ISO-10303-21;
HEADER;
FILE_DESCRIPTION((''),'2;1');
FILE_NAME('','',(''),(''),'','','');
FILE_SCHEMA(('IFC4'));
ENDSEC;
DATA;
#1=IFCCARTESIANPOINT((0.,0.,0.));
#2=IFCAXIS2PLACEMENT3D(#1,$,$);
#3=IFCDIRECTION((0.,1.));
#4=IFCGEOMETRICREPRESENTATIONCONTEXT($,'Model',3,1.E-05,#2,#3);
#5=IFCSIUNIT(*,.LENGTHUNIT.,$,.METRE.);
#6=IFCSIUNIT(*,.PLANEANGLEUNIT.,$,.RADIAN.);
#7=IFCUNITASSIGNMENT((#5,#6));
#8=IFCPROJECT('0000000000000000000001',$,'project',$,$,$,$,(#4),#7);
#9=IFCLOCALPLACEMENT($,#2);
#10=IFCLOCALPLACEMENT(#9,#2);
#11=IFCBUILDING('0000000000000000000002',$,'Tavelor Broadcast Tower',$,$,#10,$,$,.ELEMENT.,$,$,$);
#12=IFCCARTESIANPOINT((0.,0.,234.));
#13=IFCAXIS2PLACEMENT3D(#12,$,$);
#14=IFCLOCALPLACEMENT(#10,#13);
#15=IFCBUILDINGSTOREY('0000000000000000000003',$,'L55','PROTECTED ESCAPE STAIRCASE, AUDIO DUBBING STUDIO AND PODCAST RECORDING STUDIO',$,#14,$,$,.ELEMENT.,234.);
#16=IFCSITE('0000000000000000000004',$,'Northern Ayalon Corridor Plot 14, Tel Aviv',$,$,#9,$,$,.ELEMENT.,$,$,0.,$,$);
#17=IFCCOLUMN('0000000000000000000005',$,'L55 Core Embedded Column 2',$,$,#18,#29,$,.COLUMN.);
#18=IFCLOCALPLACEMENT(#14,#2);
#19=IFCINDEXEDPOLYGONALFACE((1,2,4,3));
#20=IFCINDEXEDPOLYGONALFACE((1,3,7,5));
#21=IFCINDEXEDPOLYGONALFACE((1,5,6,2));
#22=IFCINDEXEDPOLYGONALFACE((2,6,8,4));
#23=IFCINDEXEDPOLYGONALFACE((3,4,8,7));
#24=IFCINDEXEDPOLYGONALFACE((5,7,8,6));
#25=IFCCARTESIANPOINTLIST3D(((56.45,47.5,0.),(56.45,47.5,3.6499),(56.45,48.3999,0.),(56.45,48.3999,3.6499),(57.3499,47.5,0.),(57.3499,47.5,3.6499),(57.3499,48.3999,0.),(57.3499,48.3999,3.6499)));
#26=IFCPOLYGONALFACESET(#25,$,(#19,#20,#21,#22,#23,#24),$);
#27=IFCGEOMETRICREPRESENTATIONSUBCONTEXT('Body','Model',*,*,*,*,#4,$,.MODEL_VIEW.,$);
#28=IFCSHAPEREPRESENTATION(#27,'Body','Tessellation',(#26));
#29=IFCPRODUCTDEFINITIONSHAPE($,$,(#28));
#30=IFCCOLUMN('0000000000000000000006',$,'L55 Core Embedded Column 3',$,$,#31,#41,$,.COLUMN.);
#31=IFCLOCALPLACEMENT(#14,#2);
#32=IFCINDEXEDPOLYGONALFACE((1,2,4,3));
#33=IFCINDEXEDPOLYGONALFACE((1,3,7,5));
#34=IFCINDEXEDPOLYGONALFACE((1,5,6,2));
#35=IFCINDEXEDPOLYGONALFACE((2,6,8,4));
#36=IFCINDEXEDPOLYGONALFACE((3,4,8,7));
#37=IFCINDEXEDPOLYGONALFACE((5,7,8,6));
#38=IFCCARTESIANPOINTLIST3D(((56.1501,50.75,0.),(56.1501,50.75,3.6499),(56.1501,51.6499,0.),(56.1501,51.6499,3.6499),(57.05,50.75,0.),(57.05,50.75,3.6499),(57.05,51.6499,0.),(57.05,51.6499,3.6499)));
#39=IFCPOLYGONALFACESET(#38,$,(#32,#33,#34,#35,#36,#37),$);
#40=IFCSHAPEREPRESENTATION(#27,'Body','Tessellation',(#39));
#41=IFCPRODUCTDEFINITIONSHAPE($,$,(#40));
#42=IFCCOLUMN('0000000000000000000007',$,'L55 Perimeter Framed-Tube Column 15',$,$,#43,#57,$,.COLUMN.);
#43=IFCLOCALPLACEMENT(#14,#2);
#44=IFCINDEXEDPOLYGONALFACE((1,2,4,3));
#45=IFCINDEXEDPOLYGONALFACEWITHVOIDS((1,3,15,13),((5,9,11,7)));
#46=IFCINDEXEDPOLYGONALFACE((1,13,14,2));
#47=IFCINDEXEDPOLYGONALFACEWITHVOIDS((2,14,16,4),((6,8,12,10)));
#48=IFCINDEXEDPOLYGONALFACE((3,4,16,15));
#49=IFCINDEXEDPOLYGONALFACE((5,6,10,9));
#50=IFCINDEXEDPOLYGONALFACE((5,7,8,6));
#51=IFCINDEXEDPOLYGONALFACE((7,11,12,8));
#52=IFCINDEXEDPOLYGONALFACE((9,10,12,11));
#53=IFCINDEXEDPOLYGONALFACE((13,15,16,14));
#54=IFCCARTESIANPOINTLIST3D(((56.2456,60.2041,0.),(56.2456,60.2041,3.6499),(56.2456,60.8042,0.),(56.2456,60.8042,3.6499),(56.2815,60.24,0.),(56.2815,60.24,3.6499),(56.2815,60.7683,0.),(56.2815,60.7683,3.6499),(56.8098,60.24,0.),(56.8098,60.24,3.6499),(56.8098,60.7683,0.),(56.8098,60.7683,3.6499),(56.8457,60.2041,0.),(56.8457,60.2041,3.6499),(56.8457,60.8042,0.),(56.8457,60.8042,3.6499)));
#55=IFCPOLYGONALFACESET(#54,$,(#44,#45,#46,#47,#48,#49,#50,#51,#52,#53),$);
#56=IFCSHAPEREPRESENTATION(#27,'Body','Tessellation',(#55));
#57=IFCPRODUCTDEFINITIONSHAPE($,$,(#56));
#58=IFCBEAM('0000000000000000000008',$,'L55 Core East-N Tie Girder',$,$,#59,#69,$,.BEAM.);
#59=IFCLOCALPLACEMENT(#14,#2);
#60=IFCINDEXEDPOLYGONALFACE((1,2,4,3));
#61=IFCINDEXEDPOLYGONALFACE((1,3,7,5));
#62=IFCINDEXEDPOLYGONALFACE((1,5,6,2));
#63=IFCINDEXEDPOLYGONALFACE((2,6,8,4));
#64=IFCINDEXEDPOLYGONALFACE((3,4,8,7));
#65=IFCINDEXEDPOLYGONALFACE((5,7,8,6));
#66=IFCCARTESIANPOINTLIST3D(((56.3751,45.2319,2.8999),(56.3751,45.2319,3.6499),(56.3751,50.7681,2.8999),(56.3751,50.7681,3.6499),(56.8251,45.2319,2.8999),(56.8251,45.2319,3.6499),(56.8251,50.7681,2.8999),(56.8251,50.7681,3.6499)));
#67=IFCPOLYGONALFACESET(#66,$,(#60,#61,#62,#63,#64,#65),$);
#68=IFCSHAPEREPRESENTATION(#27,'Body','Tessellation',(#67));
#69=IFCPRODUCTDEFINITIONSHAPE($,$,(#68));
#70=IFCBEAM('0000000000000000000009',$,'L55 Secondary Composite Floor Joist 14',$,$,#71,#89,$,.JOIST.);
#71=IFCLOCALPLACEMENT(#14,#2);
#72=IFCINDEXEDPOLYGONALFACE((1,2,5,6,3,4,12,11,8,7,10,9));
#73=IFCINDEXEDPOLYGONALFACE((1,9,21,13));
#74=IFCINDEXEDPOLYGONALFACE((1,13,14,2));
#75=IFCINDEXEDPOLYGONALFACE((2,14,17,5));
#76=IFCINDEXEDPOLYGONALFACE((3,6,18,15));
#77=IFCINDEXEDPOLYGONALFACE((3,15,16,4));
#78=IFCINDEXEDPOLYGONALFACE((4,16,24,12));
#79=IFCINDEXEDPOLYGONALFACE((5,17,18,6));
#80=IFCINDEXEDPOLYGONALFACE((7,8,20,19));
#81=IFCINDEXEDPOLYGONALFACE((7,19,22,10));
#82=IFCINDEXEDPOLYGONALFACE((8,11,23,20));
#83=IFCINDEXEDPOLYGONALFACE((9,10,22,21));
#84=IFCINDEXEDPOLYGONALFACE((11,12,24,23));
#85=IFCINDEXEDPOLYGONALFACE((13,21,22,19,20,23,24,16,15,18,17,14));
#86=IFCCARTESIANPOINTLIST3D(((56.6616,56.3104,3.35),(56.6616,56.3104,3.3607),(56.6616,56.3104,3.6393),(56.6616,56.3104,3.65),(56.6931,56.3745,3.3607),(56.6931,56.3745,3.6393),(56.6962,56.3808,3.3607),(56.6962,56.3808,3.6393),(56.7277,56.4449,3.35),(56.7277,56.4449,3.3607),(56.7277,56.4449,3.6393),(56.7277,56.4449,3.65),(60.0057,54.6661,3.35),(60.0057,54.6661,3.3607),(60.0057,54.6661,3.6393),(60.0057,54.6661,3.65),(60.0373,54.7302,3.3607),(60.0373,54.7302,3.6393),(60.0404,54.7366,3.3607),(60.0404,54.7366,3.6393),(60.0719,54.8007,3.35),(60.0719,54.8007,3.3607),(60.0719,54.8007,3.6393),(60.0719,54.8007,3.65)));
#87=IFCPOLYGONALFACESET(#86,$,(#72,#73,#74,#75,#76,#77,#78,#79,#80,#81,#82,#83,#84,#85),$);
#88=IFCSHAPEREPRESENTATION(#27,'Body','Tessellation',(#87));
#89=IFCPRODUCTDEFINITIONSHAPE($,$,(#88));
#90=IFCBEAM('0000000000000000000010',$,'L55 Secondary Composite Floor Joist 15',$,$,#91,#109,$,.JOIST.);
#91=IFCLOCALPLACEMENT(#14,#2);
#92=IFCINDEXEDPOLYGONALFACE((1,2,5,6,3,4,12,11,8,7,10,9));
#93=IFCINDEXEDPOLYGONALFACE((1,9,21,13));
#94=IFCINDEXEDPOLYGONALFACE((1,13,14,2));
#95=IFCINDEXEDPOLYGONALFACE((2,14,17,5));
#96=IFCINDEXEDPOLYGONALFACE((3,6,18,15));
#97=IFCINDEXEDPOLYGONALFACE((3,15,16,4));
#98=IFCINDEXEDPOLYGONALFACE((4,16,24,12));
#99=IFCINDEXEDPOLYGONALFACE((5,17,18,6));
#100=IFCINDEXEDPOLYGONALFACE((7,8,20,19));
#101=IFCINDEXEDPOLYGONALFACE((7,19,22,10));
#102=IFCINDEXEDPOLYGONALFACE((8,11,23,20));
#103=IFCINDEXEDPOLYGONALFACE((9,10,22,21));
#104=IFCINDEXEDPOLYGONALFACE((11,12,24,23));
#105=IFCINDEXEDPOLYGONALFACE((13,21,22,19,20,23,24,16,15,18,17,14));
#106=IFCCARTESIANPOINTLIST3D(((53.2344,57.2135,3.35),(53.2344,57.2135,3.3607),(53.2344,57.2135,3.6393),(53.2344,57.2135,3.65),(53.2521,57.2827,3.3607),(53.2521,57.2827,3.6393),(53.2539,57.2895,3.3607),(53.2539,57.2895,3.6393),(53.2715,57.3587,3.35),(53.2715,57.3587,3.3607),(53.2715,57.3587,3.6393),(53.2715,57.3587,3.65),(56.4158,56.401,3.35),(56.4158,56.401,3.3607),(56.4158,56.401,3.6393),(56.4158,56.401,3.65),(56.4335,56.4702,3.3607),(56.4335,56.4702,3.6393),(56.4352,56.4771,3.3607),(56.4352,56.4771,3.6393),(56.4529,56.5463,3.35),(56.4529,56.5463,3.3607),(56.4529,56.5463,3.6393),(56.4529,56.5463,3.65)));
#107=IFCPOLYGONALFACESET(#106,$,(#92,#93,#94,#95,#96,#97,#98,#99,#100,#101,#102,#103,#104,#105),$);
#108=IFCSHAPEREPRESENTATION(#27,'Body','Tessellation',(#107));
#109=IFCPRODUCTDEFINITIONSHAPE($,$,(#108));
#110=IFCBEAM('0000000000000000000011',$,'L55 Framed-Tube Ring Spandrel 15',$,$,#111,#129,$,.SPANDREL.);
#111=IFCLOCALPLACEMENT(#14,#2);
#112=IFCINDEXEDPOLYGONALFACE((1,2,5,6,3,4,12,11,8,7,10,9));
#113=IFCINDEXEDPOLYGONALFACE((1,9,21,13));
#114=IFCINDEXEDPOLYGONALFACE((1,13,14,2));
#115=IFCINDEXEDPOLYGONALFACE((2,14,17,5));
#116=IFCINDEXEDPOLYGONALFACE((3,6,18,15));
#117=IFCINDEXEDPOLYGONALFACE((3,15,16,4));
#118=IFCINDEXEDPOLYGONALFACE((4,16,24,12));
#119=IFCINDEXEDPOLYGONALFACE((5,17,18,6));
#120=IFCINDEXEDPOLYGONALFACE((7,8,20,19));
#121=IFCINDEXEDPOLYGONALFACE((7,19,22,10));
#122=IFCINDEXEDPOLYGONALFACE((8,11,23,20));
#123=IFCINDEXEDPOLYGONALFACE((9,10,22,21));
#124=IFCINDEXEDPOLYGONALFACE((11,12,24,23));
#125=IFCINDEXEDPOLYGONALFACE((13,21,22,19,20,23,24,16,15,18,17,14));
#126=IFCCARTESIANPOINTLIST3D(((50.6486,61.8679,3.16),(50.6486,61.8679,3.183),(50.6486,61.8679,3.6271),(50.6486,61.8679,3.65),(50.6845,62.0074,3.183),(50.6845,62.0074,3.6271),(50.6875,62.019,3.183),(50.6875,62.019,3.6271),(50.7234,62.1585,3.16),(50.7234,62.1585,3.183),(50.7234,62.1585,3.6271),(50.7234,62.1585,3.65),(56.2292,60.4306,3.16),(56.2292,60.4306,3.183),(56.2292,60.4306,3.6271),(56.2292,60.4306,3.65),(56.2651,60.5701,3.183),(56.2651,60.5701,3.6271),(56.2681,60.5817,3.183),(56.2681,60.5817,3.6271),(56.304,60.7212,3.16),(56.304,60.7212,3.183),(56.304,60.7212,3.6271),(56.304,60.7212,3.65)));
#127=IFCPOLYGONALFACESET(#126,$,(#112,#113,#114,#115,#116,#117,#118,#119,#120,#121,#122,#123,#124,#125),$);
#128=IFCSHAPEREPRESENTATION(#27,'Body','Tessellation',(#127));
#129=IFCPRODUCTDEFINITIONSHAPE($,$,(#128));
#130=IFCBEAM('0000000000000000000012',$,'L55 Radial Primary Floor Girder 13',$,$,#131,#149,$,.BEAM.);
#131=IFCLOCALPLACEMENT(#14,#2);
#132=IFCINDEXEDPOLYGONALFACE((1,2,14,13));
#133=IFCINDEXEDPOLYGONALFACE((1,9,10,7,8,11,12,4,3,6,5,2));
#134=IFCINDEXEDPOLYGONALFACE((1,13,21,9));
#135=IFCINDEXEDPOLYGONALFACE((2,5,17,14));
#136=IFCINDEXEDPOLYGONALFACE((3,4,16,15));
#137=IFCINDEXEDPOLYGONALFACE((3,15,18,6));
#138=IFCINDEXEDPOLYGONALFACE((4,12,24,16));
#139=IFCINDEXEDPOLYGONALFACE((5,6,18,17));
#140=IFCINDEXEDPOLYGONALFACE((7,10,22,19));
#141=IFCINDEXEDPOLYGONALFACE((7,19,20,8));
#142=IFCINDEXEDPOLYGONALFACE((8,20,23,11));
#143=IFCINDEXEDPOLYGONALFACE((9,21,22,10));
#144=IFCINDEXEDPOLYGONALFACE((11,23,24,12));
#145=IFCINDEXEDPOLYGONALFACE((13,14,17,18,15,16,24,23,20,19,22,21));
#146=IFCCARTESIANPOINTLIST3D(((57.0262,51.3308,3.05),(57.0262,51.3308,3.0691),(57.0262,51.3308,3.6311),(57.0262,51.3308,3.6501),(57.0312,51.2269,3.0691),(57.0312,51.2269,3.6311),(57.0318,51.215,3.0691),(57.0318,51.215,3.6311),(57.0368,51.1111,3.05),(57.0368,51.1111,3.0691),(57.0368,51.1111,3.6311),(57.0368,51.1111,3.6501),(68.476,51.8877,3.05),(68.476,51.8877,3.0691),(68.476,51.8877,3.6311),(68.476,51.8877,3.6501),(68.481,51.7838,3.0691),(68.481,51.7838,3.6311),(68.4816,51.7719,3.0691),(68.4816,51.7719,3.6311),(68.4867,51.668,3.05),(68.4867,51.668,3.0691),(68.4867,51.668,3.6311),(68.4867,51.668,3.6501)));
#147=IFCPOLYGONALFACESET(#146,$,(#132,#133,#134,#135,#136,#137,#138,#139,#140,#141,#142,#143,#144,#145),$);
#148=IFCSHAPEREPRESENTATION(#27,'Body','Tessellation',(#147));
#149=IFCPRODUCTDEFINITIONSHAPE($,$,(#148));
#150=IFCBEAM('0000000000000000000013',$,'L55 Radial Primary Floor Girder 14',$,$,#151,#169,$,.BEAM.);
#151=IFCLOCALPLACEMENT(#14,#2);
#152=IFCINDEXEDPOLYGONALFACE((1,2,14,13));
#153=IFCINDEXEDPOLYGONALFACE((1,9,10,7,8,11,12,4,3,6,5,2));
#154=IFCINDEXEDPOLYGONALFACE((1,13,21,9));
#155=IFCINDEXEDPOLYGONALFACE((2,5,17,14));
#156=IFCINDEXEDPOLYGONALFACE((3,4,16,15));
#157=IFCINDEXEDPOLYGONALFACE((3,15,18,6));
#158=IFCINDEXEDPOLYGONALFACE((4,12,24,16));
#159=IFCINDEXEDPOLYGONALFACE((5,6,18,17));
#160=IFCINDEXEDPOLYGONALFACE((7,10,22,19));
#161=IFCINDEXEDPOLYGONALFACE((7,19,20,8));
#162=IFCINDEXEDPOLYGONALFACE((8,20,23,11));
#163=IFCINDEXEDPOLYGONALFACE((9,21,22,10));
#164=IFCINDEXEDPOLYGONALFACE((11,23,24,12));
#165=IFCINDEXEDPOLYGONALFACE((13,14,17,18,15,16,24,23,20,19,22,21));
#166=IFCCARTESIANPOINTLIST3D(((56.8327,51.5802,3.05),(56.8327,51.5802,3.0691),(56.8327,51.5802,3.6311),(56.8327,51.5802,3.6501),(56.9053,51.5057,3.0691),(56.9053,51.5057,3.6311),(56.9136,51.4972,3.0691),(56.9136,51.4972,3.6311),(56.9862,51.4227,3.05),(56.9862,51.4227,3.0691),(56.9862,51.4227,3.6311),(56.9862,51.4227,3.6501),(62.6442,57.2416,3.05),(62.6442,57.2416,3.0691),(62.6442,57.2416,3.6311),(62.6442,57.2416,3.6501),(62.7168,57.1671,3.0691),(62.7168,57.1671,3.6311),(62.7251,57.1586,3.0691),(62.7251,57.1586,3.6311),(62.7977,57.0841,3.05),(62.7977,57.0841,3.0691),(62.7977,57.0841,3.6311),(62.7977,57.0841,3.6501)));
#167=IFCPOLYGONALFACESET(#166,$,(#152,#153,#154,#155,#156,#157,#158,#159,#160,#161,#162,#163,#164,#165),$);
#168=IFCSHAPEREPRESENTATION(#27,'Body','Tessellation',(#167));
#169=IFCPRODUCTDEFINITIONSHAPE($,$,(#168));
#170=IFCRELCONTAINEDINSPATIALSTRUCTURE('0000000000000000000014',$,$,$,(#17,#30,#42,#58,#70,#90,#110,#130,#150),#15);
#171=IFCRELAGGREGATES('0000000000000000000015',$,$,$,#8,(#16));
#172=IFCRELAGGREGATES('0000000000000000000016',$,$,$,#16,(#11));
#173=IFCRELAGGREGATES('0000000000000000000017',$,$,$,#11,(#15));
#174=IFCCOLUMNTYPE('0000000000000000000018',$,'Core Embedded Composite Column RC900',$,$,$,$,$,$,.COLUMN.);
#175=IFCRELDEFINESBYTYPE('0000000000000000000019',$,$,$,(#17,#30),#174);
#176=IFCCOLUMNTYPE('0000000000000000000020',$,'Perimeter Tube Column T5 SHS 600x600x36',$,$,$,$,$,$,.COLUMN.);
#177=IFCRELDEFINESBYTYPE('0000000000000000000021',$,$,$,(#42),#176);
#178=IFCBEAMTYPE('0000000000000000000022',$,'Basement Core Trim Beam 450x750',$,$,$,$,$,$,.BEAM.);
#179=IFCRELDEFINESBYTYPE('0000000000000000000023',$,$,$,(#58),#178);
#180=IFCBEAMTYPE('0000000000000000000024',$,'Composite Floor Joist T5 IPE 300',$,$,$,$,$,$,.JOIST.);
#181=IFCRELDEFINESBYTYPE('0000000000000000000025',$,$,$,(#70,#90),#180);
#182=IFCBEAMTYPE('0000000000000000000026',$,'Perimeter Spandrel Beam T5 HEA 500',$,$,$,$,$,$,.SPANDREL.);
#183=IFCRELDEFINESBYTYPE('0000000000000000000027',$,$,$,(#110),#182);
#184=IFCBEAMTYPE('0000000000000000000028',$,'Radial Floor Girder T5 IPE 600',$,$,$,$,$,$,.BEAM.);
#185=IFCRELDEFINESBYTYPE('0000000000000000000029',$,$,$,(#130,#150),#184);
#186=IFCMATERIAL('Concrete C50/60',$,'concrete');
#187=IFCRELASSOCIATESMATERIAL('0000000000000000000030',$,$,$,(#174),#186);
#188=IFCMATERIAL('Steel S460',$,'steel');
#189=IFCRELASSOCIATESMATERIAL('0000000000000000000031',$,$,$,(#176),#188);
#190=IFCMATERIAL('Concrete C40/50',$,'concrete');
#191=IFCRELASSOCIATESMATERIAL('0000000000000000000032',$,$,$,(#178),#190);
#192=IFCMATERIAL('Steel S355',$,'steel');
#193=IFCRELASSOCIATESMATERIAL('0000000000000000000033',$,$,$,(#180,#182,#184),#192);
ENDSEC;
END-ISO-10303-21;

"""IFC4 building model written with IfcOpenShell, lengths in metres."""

from ifc_helpers import new_model, si_unit, direction, frame, origin, origin_2d, place, context, subcontext, project, spatial, rectangle, hollow_rectangle, i_section, extrude, material, material_profile, profile_set, type_object, element, save


model = new_model("IFC4")

# Units and contexts
model_context = context("Model", 3, precision=1e-05, world=origin(), true_north=direction((0.0, 1.0)))
body_context = subcontext(model_context, "Body", "Model", "MODEL_VIEW")
ifc_project = project(units=[si_unit("LENGTHUNIT", "METRE"), si_unit("PLANEANGLEUNIT", "RADIAN")], contexts=[model_context])

# Site, building, storey
site_placement = place(None, origin())
site = spatial("IfcSite", under=ifc_project, at=site_placement, Name="Northern Ayalon Corridor Plot 14, Tel Aviv", CompositionType="ELEMENT", RefElevation=0.0)
building_placement = place(site_placement, origin())
building = spatial("IfcBuilding", under=site, at=building_placement, Name="Tavelor Broadcast Tower", CompositionType="ELEMENT")
storey_placement = place(building_placement, frame((0.0, 0.0, 234.0)))
storey = spatial("IfcBuildingStorey", under=building, at=storey_placement, Name="L55", Description="PROTECTED ESCAPE STAIRCASE, AUDIO DUBBING STUDIO AND PODCAST RECORDING STUDIO", CompositionType="ELEMENT", Elevation=234.0)

# Columns
ifc_material_1 = material(Name="Concrete C50/60", Category="concrete")
ifc_material_profile_1 = material_profile(ifc_material_1, rectangle(XDim=0.8999, YDim=0.8999, at=origin_2d()), Name="RC 900x900")
ifc_profile_set_1 = profile_set([ifc_material_profile_1], Name="Concrete C50/60")
column_type_1 = type_object("IfcColumnType", Name="Core Embedded Composite Column RC900", PredefinedType="COLUMN", material=ifc_profile_set_1)
for number, where, z_axis, x_axis, name in (
    (1, (56.8999, 47.95, 0.0), (0.0, 0.0, 1.0), (1.0, 0.0, 0.0), "L55 Core Embedded Column 2"),
    (2, (56.6001, 51.2, 0.0), (0.0, 0.0, 1.0), (1.0, 0.0, 0.0), "L55 Core Embedded Column 3"),
):
    element("IfcColumn", number, at=place(storey_placement, frame(where, z_axis=z_axis, x_axis=x_axis)), inside=storey, type_object=column_type_1, Name=name, PredefinedType="COLUMN", context=body_context, shape_type="SweptSolid", body=[
        extrude(rectangle(XDim=0.8999, YDim=0.8999, at=origin_2d()), origin(), (0.0, 0.0, 1.0), 3.6499),
    ])
ifc_material_2 = material(Name="Steel S460", Category="steel")
ifc_material_profile_2 = material_profile(ifc_material_2, hollow_rectangle(XDim=0.6001, YDim=0.6001, WallThickness=0.0359, at=origin_2d()), Name="SHS 600x600x36")
ifc_profile_set_2 = profile_set([ifc_material_profile_2], Name="Steel S460")
column_type_2 = type_object("IfcColumnType", Name="Perimeter Tube Column T5 SHS 600x600x36", PredefinedType="COLUMN", material=ifc_profile_set_2)
column_placement = place(storey_placement, frame((56.5457, 60.5042, 0.0), z_axis=(0.0, 0.0, 1.0), x_axis=(1.0, 0.0, 0.0)))
element("IfcColumn", 3, at=column_placement, inside=storey, type_object=column_type_2, Name="L55 Perimeter Framed-Tube Column 15", PredefinedType="COLUMN", context=body_context, shape_type="SweptSolid", body=[
    extrude(hollow_rectangle(XDim=0.6001, YDim=0.6001, WallThickness=0.0359, at=origin_2d()), origin(), (0.0, 0.0, 1.0), 3.6499),
])

# Beams
ifc_material_3 = material(Name="Concrete C40/50", Category="concrete")
ifc_material_profile_3 = material_profile(ifc_material_3, rectangle(XDim=0.45, YDim=0.75, at=origin_2d()), Name="RC 450x750")
ifc_profile_set_3 = profile_set([ifc_material_profile_3], Name="Concrete C40/50")
beam_type_1 = type_object("IfcBeamType", Name="Basement Core Trim Beam 450x750", PredefinedType="BEAM", material=ifc_profile_set_3)
beam_1_placement = place(storey_placement, frame((56.6001, 45.2319, 3.2749), z_axis=(0.0, 1.0, 0.0), x_axis=(-1.0, 0.0, 0.0)))
element("IfcBeam", 4, at=beam_1_placement, inside=storey, type_object=beam_type_1, Name="L55 Core East-N Tie Girder", PredefinedType="BEAM", context=body_context, shape_type="SweptSolid", body=[
    extrude(rectangle(XDim=0.45, YDim=0.75, at=origin_2d()), origin(), (0.0, 0.0, 1.0), 5.5361),
])
ifc_material_4 = material(Name="Steel S355", Category="steel")
ifc_material_profile_4 = material_profile(ifc_material_4, i_section(OverallWidth=0.1499, OverallDepth=0.3, WebThickness=0.0071, FlangeThickness=0.0107, at=origin_2d()), Name="IPE 300")
ifc_profile_set_4 = profile_set([ifc_material_profile_4], Name="Steel S355")
beam_type_2 = type_object("IfcBeamType", Name="Composite Floor Joist T5 IPE 300", PredefinedType="JOIST", material=ifc_profile_set_4)
beam_2_placement = place(storey_placement, frame((60.0388, 54.7334, 3.5), z_axis=(-0.897395, 0.441229, 0.0), x_axis=(-0.441229, -0.897395, 0.0)))
element("IfcBeam", 5, at=beam_2_placement, inside=storey, type_object=beam_type_2, Name="L55 Secondary Composite Floor Joist 14", PredefinedType="JOIST", context=body_context, shape_type="SweptSolid", body=[
    extrude(i_section(OverallWidth=0.1499, OverallDepth=0.3, WebThickness=0.0071, FlangeThickness=0.0107, at=origin_2d()), origin(), (0.0, 0.0, 1.0), 3.7266),
])
beam_3_placement = place(storey_placement, frame((56.4343, 56.4736, 3.5), z_axis=(-0.968901, 0.247449, 0.0), x_axis=(-0.247449, -0.968901, 0.0)))
element("IfcBeam", 6, at=beam_3_placement, inside=storey, type_object=beam_type_2, Name="L55 Secondary Composite Floor Joist 15", PredefinedType="JOIST", context=body_context, shape_type="SweptSolid", body=[
    extrude(i_section(OverallWidth=0.1499, OverallDepth=0.3, WebThickness=0.0071, FlangeThickness=0.0107, at=origin_2d()), origin(), (0.0, 0.0, 1.0), 3.2834),
])
ifc_material_profile_5 = material_profile(ifc_material_4, i_section(OverallWidth=0.3, OverallDepth=0.49, WebThickness=0.012, FlangeThickness=0.0229, at=origin_2d()), Name="HEA 500")
ifc_profile_set_5 = profile_set([ifc_material_profile_5], Name="Steel S355")
beam_type_3 = type_object("IfcBeamType", Name="Perimeter Spandrel Beam T5 HEA 500", PredefinedType="SPANDREL", material=ifc_profile_set_5)
beam_4_placement = place(storey_placement, frame((56.2666, 60.5759, 3.405), z_axis=(-0.968399, 0.249408, 0.0), x_axis=(-0.249408, -0.968399, 0.0)))
element("IfcBeam", 7, at=beam_4_placement, inside=storey, type_object=beam_type_3, Name="L55 Framed-Tube Ring Spandrel 15", PredefinedType="SPANDREL", context=body_context, shape_type="SweptSolid", body=[
    extrude(i_section(OverallWidth=0.3, OverallDepth=0.49, WebThickness=0.012, FlangeThickness=0.0229, at=origin_2d()), origin(), (0.0, 0.0, 1.0), 5.7627),
])
ifc_material_profile_6 = material_profile(ifc_material_4, i_section(OverallWidth=0.22, OverallDepth=0.6001, WebThickness=0.012, FlangeThickness=0.019, at=origin_2d()), Name="IPE 600")
ifc_profile_set_6 = profile_set([ifc_material_profile_6], Name="Steel S355")
beam_type_4 = type_object("IfcBeamType", Name="Radial Floor Girder T5 IPE 600", PredefinedType="BEAM", material=ifc_profile_set_6)
beam_5_placement = place(storey_placement, frame((57.0315, 51.2209, 3.3501), z_axis=(0.998819, 0.048579, 0.0), x_axis=(-0.048579, 0.998819, 0.0)))
element("IfcBeam", 8, at=beam_5_placement, inside=storey, type_object=beam_type_4, Name="L55 Radial Primary Floor Girder 13", PredefinedType="BEAM", context=body_context, shape_type="SweptSolid", body=[
    extrude(i_section(OverallWidth=0.22, OverallDepth=0.6001, WebThickness=0.012, FlangeThickness=0.019, at=origin_2d()), origin(), (0.0, 0.0, 1.0), 11.4634),
])
beam_6_placement = place(storey_placement, frame((56.9094, 51.5015, 3.3501), z_axis=(0.716299, 0.697793, 0.0), x_axis=(-0.697793, 0.716299, 0.0)))
element("IfcBeam", 9, at=beam_6_placement, inside=storey, type_object=beam_type_4, Name="L55 Radial Primary Floor Girder 14", PredefinedType="BEAM", context=body_context, shape_type="SweptSolid", body=[
    extrude(i_section(OverallWidth=0.22, OverallDepth=0.6001, WebThickness=0.012, FlangeThickness=0.019, at=origin_2d()), origin(), (0.0, 0.0, 1.0), 8.1133),
])

save(model, "model.ifc")
